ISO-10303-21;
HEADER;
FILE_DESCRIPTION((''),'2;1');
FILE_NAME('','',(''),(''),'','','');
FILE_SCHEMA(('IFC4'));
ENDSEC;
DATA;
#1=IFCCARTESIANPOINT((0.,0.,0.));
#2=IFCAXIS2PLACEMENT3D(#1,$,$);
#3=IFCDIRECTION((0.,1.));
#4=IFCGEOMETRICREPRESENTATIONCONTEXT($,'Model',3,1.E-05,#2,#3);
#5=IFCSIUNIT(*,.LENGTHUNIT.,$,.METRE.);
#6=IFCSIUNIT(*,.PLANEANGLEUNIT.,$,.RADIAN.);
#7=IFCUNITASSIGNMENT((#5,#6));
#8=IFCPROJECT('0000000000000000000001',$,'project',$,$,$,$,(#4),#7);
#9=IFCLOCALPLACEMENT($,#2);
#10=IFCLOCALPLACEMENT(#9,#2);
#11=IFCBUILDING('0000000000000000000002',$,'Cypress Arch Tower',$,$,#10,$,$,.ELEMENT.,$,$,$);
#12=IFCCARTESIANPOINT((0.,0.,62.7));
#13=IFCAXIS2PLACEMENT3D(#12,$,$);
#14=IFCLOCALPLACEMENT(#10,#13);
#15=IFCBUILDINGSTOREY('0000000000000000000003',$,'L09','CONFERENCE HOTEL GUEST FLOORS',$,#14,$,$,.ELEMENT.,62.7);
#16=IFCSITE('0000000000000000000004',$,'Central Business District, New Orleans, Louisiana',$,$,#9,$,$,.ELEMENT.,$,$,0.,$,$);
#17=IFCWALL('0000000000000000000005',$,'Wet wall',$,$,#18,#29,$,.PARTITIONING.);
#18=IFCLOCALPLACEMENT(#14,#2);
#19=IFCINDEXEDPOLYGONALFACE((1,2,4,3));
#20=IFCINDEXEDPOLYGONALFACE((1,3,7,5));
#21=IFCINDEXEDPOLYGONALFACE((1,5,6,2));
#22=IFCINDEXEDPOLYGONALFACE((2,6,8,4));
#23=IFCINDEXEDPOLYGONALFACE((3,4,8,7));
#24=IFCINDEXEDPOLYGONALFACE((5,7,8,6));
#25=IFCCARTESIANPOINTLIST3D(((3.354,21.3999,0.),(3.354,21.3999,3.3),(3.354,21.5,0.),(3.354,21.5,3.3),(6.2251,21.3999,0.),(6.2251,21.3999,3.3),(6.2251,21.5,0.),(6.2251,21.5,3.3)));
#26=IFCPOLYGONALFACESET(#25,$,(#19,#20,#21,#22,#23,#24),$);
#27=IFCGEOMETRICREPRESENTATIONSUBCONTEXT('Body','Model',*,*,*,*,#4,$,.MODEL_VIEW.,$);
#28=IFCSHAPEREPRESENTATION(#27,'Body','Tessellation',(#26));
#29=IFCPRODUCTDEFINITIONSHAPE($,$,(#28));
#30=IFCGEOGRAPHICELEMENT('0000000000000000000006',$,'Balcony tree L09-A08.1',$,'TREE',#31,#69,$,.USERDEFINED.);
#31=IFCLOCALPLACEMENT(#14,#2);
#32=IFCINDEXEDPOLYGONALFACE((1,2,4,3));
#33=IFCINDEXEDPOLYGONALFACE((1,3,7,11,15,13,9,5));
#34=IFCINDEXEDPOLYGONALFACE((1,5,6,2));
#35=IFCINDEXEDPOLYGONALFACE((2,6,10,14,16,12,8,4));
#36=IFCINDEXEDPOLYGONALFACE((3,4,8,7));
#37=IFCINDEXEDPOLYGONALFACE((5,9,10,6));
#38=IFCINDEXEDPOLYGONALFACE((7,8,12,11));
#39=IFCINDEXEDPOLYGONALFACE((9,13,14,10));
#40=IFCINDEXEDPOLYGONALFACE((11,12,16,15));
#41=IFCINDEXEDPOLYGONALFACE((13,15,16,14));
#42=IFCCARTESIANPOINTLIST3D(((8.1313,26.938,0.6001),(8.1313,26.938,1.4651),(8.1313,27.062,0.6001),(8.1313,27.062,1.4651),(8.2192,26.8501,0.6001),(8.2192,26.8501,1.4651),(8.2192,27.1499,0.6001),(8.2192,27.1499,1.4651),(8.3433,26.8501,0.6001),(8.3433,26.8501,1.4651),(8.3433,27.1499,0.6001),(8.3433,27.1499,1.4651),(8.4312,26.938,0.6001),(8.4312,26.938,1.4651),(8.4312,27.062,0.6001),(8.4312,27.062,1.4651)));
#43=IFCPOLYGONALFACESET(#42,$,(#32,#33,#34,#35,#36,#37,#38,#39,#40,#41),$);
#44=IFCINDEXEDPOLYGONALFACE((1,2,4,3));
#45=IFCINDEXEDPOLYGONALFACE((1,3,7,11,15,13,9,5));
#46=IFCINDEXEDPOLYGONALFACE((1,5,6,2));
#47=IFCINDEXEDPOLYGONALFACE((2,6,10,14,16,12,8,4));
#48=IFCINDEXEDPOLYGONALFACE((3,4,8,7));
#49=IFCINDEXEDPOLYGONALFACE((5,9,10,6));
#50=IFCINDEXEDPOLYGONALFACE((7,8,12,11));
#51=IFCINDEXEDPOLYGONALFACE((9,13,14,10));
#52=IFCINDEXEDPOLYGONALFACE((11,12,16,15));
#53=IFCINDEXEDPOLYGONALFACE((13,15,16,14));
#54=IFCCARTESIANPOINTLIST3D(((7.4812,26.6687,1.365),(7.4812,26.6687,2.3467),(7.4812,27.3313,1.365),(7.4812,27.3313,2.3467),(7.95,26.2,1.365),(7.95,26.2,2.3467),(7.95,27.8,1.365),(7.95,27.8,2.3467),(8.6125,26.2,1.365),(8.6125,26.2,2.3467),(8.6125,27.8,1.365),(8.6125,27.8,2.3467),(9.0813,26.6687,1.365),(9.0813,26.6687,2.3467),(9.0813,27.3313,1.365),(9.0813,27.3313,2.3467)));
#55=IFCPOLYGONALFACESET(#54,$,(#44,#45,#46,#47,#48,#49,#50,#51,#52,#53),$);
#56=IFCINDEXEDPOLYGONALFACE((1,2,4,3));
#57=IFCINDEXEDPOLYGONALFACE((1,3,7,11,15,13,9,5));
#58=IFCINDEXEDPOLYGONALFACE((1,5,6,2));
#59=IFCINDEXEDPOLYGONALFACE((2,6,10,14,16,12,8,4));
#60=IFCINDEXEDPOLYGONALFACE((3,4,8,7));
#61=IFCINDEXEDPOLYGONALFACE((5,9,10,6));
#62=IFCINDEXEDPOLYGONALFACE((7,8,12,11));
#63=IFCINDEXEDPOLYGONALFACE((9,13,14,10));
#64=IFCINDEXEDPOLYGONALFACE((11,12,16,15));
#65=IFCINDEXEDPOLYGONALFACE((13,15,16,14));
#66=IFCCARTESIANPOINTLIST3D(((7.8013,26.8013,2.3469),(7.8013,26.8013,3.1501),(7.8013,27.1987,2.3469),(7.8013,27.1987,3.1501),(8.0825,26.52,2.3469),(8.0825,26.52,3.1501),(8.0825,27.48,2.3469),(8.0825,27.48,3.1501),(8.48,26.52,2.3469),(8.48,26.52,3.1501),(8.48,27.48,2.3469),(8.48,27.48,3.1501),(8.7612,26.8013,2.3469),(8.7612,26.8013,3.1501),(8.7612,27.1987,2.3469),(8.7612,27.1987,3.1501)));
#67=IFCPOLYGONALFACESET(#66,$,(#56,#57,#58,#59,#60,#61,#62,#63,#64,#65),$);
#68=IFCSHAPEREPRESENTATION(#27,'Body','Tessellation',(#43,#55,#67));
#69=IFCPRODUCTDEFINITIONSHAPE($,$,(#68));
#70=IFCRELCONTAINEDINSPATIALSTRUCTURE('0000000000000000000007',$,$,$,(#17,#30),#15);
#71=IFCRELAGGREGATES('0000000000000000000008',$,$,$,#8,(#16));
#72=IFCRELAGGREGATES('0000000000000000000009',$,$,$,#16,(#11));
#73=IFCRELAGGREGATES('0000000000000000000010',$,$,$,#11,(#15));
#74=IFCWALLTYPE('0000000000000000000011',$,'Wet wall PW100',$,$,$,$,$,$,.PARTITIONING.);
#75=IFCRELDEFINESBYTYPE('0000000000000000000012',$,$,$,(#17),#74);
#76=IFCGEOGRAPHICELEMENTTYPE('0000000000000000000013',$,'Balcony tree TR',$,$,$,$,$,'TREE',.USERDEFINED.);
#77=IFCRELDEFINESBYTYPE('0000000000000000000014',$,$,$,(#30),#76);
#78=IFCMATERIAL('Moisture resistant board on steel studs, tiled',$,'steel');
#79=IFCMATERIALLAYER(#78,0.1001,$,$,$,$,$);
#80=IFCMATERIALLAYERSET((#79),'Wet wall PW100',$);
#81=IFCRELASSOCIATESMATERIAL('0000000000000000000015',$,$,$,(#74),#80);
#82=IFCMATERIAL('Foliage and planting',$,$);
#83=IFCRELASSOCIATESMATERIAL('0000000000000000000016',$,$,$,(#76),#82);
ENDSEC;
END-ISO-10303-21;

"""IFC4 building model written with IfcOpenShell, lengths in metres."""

from ifc_helpers import new_model, si_unit, direction, frame, frame_2d, origin, place, context, subcontext, project, spatial, polyline, rectangle, outline, extrude, material, layer, layer_set, type_object, element, save


model = new_model("IFC4")

# Units and contexts
model_context = context("Model", 3, precision=1e-05, world=origin(), true_north=direction((0.0, 1.0)))
body_context = subcontext(model_context, "Body", "Model", "MODEL_VIEW")
ifc_project = project(units=[si_unit("LENGTHUNIT", "METRE"), si_unit("PLANEANGLEUNIT", "RADIAN")], contexts=[model_context])

# Site, building, storey
site_placement = place(None, origin())
site = spatial("IfcSite", under=ifc_project, at=site_placement, Name="Central Business District, New Orleans, Louisiana", CompositionType="ELEMENT", RefElevation=0.0)
building_placement = place(site_placement, origin())
building = spatial("IfcBuilding", under=site, at=building_placement, Name="Cypress Arch Tower", CompositionType="ELEMENT")
storey_placement = place(building_placement, frame((0.0, 0.0, 62.7)))
storey = spatial("IfcBuildingStorey", under=building, at=storey_placement, Name="L09", Description="CONFERENCE HOTEL GUEST FLOORS", CompositionType="ELEMENT", Elevation=62.7)

# Shared definitions
ifc_material_1 = material(Name="Moisture resistant board on steel studs, tiled", Category="steel")
ifc_layer_1 = layer(ifc_material_1, 0.1001)
ifc_layer_set_1 = layer_set([ifc_layer_1], Name="Wet wall PW100")
wall_type_1 = type_object("IfcWallType", Name="Wet wall PW100", PredefinedType="PARTITIONING", material=ifc_layer_set_1)

# Wall
wall_1_placement = place(storey_placement, frame((3.354, 21.45, 0.0), z_axis=(0.0, 0.0, 1.0), x_axis=(1.0, 0.0, 0.0)))
element("IfcWall", 1, at=wall_1_placement, inside=storey, type_object=wall_type_1, Name="Wet wall", PredefinedType="PARTITIONING", context=body_context, shape_type="SweptSolid", body=[
    extrude(rectangle(XDim=2.8711, YDim=0.1001, at=frame_2d((1.4355, 0.0))), origin(), (0.0, 0.0, 1.0), 3.3),
])

# Geographic element
ifc_material_2 = material(Name="Foliage and planting")
geographic_element_type = type_object("IfcGeographicElementType", Name="Balcony tree TR", ElementType="TREE", PredefinedType="USERDEFINED", material=ifc_material_2)
geographic_element_placement = place(storey_placement, frame((8.2812, 27.0, 0.6001), z_axis=(0.0, 0.0, 1.0), x_axis=(1.0, 0.0, 0.0)))
element("IfcGeographicElement", 2, at=geographic_element_placement, inside=storey, type_object=geographic_element_type, Name="Balcony tree L09-A08.1", ObjectType="TREE", PredefinedType="USERDEFINED", context=body_context, shape_type="SweptSolid", body=[
    extrude(outline(polyline([(0.1499, 0.062), (0.062, 0.1499), (-0.062, 0.1499), (-0.1499, 0.062), (-0.1499, -0.062), (-0.062, -0.1499), (0.062, -0.1499), (0.1499, -0.062), (0.1499, 0.062)])), origin(), (0.0, 0.0, 1.0), 0.865),
    extrude(outline(polyline([(0.8, 0.3313), (0.3313, 0.8), (-0.3313, 0.8), (-0.8, 0.3313), (-0.8, -0.3313), (-0.3313, -0.8), (0.3313, -0.8), (0.8, -0.3313), (0.8, 0.3313)])), frame((0.0, 0.0, 0.7649)), (0.0, 0.0, 1.0), 0.9817),
    extrude(outline(polyline([(0.48, 0.1987), (0.1987, 0.48), (-0.1987, 0.48), (-0.48, 0.1987), (-0.48, -0.1987), (-0.1987, -0.48), (0.1987, -0.48), (0.48, -0.1987), (0.48, 0.1987)])), frame((0.0, 0.0, 1.7468)), (0.0, 0.0, 1.0), 0.8032),
])

save(model, "model.ifc")
